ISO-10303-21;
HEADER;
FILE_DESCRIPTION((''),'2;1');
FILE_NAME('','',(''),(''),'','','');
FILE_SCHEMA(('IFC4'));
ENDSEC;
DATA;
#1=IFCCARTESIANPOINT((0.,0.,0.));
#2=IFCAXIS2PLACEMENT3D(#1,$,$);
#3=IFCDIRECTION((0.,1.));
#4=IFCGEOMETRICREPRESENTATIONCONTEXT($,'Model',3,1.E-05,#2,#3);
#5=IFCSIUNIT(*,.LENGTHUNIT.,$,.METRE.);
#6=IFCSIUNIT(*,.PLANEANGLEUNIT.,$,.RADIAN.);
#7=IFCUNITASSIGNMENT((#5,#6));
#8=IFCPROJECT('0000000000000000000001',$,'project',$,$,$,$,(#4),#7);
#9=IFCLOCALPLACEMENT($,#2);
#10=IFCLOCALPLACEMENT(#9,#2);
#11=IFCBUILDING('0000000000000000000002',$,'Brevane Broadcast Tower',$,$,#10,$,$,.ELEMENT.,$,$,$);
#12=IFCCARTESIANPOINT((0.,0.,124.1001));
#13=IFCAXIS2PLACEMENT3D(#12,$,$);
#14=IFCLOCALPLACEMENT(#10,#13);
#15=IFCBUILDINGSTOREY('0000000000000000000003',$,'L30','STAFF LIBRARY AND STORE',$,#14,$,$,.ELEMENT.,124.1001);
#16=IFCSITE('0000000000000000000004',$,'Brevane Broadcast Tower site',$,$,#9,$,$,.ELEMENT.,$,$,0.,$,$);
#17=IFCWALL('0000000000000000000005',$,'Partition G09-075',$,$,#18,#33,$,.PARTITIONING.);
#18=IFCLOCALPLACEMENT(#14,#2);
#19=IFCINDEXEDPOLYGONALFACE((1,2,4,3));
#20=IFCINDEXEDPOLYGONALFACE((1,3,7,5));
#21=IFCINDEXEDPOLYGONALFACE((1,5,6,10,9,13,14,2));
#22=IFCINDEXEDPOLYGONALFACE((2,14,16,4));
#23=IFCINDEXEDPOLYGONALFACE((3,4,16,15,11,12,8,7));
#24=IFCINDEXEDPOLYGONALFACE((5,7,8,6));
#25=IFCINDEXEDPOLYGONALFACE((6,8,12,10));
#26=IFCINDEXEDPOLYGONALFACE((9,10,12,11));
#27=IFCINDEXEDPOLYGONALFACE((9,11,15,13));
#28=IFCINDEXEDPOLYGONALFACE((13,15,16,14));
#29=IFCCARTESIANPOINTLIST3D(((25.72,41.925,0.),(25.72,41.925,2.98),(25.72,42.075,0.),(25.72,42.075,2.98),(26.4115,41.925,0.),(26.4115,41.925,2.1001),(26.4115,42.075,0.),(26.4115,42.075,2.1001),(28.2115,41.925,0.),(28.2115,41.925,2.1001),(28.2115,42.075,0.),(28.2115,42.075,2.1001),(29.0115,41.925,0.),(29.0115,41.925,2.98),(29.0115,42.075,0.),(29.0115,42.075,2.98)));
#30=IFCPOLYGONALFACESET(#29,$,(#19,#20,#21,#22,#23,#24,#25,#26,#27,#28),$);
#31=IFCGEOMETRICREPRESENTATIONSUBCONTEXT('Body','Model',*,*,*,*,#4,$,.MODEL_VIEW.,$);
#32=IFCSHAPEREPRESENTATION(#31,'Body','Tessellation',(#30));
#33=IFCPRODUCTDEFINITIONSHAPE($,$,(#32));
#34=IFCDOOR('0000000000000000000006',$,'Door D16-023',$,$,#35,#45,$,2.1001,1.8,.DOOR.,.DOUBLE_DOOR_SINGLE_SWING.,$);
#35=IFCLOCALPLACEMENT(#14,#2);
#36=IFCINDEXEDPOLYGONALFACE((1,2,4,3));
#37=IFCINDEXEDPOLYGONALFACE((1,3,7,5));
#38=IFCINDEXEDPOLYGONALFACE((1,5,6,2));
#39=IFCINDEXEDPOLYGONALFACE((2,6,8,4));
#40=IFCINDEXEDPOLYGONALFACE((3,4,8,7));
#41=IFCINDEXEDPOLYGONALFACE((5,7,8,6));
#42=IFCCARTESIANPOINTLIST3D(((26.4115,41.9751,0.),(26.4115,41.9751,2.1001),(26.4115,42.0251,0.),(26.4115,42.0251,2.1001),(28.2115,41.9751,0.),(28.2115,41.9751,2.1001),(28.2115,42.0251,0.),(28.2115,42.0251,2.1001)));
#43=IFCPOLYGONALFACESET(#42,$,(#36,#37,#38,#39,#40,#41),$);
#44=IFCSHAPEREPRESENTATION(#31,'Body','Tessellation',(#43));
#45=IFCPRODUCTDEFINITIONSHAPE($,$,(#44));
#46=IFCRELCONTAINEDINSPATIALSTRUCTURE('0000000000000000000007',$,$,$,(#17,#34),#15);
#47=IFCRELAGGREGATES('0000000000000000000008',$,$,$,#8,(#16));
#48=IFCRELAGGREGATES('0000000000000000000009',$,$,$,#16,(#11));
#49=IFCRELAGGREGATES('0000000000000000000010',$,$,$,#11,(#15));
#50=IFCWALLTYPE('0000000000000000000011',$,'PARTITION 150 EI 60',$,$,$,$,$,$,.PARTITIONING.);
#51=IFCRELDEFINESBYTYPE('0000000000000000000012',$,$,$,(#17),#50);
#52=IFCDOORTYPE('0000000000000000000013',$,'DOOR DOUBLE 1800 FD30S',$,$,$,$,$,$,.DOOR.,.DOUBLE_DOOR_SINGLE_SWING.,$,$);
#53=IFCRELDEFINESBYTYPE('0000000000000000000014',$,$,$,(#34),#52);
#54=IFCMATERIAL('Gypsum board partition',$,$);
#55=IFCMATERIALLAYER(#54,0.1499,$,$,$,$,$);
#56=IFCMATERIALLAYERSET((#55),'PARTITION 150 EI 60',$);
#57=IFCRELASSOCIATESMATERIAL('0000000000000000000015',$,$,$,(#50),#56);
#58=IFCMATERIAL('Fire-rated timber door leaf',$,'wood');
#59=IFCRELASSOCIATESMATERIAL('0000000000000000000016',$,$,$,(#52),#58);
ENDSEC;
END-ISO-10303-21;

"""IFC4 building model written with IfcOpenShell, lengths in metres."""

from ifc_helpers import new_model, si_unit, direction, frame, frame_2d, origin, place, context, subcontext, project, spatial, rectangle, extrude, material, layer, layer_set, type_object, element, fill, save


model = new_model("IFC4")

# Units and contexts
model_context = context("Model", 3, precision=1e-05, world=origin(), true_north=direction((0.0, 1.0)))
body_context = subcontext(model_context, "Body", "Model", "MODEL_VIEW")
ifc_project = project(units=[si_unit("LENGTHUNIT", "METRE"), si_unit("PLANEANGLEUNIT", "RADIAN")], contexts=[model_context])

# Site, building, storey
site_placement = place(None, origin())
site = spatial("IfcSite", under=ifc_project, at=site_placement, Name="Brevane Broadcast Tower site", CompositionType="ELEMENT", RefElevation=0.0)
building_placement = place(site_placement, origin())
building = spatial("IfcBuilding", under=site, at=building_placement, Name="Brevane Broadcast Tower", CompositionType="ELEMENT")
storey_placement = place(building_placement, frame((0.0, 0.0, 124.1001)))
storey = spatial("IfcBuildingStorey", under=building, at=storey_placement, Name="L30", Description="STAFF LIBRARY AND STORE", CompositionType="ELEMENT", Elevation=124.1001)

# Shared definitions
ifc_material_1 = material(Name="Gypsum board partition")

# Wall, opening, door
ifc_layer_1 = layer(ifc_material_1, 0.1499)
ifc_layer_set_1 = layer_set([ifc_layer_1], Name="PARTITION 150 EI 60")
wall_type_1 = type_object("IfcWallType", Name="PARTITION 150 EI 60", PredefinedType="PARTITIONING", material=ifc_layer_set_1)
wall_1_placement = place(storey_placement, frame((29.0115, 42.0, 0.0), z_axis=(0.0, 0.0, 1.0), x_axis=(-1.0, 0.0, 0.0)))
wall_1 = element("IfcWall", 1, at=wall_1_placement, inside=storey, type_object=wall_type_1, Name="Partition G09-075", PredefinedType="PARTITIONING", context=body_context, shape_type="SweptSolid", body=[
    extrude(rectangle(XDim=3.2915, YDim=0.1499, at=frame_2d((1.6458, 0.0))), origin(), (0.0, 0.0, 1.0), 2.98),
])
opening_placement = place(wall_1_placement, frame((0.8, 0.0, 0.0)))
opening = element("IfcOpeningElement", 2, at=opening_placement, cuts=wall_1, PredefinedType="OPENING", context=body_context, shape_type="SweptSolid", body=[
    extrude(rectangle(XDim=1.8, YDim=2.1001, at=frame_2d((0.8999, 1.05))), frame((0.0, 0.085, 0.0), z_axis=(0.0, -1.0, 0.0), x_axis=(1.0, 0.0, 0.0)), (0.0, 0.0, 1.0), 0.1699),
])
ifc_material_2 = material(Name="Fire-rated timber door leaf", Category="wood")
door_type = type_object("IfcDoorType", Name="DOOR DOUBLE 1800 FD30S", OperationType="DOUBLE_DOOR_SINGLE_SWING", PredefinedType="DOOR", material=ifc_material_2)
door_placement = place(opening_placement, origin())
door = element("IfcDoor", 3, at=door_placement, inside=storey, type_object=door_type, Name="Door D16-023", OperationType="DOUBLE_DOOR_SINGLE_SWING", OverallHeight=2.1001, OverallWidth=1.8, PredefinedType="DOOR", context=body_context, shape_type="SweptSolid", body=[
    extrude(rectangle(XDim=1.8, YDim=2.1001, at=frame_2d((0.8999, 1.05))), frame((0.0, 0.0249, 0.0), z_axis=(0.0, -1.0, 0.0), x_axis=(1.0, 0.0, 0.0)), (0.0, 0.0, 1.0), 0.05),
])
fill(opening, door)

save(model, "model.ifc")
